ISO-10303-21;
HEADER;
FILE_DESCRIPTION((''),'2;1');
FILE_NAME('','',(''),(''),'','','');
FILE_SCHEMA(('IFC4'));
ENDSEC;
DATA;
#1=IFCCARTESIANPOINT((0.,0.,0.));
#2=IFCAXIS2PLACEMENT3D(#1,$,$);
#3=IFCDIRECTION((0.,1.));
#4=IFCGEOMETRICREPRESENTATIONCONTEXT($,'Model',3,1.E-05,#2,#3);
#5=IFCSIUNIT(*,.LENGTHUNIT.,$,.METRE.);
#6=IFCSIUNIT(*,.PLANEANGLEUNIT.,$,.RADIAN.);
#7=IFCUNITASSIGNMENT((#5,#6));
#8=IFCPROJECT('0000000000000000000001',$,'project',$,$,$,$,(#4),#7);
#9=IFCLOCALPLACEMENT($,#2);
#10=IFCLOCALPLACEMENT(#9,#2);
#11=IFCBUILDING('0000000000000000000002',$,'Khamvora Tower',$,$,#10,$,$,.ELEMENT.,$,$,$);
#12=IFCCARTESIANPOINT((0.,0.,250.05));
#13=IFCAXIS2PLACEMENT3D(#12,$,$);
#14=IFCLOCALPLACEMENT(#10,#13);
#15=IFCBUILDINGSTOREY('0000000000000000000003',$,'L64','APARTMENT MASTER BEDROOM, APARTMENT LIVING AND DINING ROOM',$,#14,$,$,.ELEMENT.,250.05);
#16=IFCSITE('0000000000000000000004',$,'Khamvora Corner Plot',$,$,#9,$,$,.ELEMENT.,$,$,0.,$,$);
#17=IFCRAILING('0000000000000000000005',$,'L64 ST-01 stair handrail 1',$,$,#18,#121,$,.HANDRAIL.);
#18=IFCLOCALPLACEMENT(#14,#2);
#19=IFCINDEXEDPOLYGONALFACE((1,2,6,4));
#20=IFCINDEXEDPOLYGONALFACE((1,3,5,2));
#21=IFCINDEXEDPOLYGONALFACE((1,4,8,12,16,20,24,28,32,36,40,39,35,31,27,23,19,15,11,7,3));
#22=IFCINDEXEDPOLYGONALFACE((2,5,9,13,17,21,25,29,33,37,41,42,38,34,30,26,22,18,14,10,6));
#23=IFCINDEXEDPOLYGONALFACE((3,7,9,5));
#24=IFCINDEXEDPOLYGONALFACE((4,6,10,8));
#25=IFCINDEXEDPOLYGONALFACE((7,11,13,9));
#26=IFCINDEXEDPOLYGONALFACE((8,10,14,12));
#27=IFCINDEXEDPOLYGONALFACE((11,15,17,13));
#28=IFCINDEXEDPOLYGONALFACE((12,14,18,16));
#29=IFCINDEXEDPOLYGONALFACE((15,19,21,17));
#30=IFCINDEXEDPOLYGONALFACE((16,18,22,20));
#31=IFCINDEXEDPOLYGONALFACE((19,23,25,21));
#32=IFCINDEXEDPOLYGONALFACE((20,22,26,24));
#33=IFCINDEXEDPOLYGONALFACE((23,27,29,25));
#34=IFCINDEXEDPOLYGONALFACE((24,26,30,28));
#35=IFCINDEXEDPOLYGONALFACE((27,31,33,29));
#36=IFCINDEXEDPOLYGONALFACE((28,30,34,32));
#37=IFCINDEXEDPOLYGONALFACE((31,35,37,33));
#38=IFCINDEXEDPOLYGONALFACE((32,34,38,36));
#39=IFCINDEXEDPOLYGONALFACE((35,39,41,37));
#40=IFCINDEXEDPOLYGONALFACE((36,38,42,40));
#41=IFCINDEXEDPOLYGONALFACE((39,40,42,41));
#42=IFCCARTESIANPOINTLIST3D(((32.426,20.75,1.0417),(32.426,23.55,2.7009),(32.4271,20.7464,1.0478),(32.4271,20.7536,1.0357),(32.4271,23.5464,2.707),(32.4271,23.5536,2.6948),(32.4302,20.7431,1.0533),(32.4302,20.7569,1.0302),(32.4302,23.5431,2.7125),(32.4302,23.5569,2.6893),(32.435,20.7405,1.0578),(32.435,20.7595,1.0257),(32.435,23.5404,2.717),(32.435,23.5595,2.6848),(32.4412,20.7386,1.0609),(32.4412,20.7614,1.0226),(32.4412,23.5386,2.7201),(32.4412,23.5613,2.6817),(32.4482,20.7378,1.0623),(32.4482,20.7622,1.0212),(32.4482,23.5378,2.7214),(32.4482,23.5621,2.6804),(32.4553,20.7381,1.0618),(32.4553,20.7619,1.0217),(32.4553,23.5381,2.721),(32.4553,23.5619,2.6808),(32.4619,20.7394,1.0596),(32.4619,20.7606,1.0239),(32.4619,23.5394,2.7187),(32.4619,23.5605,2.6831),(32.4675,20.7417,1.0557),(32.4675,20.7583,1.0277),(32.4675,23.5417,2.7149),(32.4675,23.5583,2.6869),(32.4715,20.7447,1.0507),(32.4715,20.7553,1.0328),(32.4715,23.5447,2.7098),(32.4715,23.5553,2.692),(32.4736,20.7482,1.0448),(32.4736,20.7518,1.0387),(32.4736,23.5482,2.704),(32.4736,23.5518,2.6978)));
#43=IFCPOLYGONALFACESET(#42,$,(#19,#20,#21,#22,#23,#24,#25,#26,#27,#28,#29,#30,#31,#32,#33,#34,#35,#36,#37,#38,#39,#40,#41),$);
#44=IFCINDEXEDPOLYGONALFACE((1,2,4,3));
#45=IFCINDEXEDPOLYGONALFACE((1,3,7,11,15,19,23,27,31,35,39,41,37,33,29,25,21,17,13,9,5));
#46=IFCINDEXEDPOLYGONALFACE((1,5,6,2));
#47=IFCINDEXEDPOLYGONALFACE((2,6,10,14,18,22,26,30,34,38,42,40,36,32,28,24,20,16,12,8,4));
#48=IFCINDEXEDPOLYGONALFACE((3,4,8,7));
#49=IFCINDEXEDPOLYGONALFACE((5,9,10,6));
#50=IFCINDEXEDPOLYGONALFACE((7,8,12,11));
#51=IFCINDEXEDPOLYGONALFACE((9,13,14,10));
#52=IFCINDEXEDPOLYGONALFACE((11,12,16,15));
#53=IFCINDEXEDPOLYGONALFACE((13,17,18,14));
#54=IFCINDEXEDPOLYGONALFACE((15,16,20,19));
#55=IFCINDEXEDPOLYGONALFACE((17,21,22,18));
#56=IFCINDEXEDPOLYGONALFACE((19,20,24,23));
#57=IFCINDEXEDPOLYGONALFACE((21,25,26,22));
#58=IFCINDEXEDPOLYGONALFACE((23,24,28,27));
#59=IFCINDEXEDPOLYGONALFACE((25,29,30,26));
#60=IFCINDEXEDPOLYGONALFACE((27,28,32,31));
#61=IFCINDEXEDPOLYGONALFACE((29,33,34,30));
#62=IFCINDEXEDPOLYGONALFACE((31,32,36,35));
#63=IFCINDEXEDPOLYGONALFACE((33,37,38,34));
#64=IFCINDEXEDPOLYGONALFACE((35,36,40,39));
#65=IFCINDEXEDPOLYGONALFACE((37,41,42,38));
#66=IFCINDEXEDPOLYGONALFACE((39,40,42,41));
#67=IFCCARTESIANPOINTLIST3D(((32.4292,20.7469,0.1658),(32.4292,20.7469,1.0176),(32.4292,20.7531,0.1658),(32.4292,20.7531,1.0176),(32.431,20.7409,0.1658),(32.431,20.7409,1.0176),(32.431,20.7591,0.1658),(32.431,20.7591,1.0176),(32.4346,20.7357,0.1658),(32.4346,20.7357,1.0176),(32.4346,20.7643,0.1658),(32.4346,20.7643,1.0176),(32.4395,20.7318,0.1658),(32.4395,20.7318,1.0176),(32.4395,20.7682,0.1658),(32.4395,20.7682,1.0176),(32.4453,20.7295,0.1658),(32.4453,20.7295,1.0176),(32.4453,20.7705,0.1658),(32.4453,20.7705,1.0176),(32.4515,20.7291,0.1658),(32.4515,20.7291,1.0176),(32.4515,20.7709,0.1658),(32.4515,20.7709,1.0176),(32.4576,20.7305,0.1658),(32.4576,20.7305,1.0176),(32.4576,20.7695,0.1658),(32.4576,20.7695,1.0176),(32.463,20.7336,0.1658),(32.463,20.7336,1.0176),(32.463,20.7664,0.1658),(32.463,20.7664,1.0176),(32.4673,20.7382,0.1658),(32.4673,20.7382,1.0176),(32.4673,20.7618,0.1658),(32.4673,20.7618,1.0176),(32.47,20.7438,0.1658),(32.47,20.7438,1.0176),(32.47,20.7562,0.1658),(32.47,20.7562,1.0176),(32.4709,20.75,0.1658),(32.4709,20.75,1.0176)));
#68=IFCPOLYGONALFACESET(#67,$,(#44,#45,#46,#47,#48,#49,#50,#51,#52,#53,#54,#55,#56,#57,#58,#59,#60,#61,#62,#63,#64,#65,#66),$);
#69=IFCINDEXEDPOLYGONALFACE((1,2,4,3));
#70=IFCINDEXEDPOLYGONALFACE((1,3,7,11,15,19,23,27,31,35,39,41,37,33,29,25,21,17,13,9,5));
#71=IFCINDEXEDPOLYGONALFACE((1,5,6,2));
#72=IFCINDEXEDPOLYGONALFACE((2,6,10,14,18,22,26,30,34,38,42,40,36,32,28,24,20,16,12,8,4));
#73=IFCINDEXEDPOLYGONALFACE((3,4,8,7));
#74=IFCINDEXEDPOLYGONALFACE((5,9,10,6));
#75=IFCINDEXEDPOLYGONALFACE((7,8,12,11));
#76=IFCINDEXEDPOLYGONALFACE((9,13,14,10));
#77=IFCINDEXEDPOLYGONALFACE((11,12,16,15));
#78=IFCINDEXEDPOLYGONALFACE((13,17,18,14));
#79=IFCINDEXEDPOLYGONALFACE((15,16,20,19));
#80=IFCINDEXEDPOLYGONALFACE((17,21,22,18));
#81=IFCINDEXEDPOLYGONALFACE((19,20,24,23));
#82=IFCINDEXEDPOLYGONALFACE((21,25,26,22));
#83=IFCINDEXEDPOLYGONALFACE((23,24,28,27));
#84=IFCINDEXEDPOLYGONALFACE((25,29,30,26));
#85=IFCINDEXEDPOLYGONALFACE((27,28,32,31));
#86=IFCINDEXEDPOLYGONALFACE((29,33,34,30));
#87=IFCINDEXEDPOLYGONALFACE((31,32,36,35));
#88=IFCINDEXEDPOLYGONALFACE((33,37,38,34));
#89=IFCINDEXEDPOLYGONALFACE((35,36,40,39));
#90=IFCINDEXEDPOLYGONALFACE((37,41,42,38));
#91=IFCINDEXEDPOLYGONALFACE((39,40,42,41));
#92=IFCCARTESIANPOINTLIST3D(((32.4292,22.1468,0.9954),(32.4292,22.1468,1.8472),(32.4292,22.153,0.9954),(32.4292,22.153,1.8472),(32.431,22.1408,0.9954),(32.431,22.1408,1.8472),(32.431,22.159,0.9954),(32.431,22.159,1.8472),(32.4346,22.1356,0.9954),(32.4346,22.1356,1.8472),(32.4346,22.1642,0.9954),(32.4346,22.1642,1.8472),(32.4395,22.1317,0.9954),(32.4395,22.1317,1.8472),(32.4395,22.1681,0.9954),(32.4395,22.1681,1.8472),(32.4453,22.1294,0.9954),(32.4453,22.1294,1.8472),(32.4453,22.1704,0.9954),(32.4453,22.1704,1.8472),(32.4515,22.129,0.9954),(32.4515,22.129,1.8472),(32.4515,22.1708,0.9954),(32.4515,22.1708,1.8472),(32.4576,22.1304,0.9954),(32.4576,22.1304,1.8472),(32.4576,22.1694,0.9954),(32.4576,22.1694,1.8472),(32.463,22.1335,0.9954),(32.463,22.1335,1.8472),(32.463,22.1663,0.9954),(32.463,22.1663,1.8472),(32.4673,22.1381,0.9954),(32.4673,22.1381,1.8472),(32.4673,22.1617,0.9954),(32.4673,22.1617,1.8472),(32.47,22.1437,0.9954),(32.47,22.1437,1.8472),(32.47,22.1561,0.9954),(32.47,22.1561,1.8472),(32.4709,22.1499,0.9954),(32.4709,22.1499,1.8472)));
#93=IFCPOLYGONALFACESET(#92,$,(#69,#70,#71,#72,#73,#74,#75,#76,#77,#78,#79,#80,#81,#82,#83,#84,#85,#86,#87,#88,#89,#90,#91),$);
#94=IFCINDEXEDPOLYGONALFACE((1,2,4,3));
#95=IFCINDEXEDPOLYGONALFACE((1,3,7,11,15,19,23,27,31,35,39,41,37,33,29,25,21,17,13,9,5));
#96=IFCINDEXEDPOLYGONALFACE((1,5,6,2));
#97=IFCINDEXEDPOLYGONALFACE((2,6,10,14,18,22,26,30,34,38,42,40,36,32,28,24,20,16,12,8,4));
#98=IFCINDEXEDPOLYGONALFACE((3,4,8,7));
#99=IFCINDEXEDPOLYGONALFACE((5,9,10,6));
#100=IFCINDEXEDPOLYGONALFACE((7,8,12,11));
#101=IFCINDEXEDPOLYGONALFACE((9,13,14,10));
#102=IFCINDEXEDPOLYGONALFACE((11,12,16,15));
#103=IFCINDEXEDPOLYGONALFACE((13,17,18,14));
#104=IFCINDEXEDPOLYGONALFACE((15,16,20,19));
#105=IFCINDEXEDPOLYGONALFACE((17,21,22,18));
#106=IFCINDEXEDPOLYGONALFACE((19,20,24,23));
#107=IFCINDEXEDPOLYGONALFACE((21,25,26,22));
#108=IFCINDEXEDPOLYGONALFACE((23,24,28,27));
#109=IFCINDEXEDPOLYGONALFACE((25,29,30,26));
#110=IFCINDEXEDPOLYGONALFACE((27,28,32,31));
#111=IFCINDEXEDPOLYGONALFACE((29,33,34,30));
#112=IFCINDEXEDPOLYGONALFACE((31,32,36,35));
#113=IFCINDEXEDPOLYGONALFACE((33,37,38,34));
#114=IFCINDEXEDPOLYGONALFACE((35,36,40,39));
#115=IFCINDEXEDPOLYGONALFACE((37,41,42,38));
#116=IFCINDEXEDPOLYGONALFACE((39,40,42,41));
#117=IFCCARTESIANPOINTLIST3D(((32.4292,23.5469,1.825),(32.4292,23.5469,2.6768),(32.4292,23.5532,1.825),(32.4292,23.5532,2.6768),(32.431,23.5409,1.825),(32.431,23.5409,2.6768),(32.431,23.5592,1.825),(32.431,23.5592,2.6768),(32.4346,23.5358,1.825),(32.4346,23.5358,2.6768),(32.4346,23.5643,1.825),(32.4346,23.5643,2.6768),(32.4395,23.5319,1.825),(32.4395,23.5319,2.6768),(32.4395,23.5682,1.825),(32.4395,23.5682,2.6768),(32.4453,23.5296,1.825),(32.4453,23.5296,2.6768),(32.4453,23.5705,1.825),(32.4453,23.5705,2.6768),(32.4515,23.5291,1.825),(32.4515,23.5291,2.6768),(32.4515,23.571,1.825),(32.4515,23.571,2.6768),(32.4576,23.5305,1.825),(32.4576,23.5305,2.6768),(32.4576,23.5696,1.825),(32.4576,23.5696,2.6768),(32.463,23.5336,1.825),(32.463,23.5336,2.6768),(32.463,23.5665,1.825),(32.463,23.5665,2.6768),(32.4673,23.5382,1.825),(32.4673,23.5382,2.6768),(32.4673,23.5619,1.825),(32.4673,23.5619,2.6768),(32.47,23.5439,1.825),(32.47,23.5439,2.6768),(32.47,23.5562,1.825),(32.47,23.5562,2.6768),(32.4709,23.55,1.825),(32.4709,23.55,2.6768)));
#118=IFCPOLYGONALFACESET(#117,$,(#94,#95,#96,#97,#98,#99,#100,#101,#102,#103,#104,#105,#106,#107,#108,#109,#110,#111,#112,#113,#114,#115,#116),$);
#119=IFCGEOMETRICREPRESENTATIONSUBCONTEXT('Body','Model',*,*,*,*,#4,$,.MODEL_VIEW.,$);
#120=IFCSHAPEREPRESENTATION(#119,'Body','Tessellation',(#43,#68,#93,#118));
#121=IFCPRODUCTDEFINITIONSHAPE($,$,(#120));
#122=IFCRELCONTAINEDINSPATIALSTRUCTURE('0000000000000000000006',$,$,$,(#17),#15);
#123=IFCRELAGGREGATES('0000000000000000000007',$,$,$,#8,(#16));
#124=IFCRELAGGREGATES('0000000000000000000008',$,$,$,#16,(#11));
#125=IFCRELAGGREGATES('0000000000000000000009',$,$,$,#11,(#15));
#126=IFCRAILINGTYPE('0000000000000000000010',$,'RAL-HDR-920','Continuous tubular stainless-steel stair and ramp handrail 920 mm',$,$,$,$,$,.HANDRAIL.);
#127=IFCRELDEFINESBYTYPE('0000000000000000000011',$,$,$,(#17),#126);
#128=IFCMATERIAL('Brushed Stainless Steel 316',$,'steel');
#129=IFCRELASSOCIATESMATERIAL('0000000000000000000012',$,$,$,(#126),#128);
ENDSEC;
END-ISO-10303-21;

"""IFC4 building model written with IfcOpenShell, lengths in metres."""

from ifc_helpers import new_model, si_unit, direction, frame, origin, origin_2d, place, context, subcontext, project, spatial, circle, extrude, material, type_object, element, save


model = new_model("IFC4")

# Units and contexts
model_context = context("Model", 3, precision=1e-05, world=origin(), true_north=direction((0.0, 1.0)))
body_context = subcontext(model_context, "Body", "Model", "MODEL_VIEW")
ifc_project = project(units=[si_unit("LENGTHUNIT", "METRE"), si_unit("PLANEANGLEUNIT", "RADIAN")], contexts=[model_context])

# Site, building, storey
site_placement = place(None, origin())
site = spatial("IfcSite", under=ifc_project, at=site_placement, Name="Khamvora Corner Plot", CompositionType="ELEMENT", RefElevation=0.0)
building_placement = place(site_placement, origin())
building = spatial("IfcBuilding", under=site, at=building_placement, Name="Khamvora Tower", CompositionType="ELEMENT")
storey_placement = place(building_placement, frame((0.0, 0.0, 250.05)))
storey = spatial("IfcBuildingStorey", under=building, at=storey_placement, Name="L64", Description="APARTMENT MASTER BEDROOM, APARTMENT LIVING AND DINING ROOM", CompositionType="ELEMENT", Elevation=250.05)

# Railing
ifc_material_1 = material(Name="Brushed Stainless Steel 316", Category="steel")
railing_type_1 = type_object("IfcRailingType", Name="RAL-HDR-920", Description="Continuous tubular stainless-steel stair and ramp handrail 920 mm", PredefinedType="HANDRAIL", material=ifc_material_1)
railing_1_placement = place(storey_placement, frame((32.45, 20.75, 0.1658)))
element("IfcRailing", 1, at=railing_1_placement, inside=storey, type_object=railing_type_1, Name="L64 ST-01 stair handrail 1", PredefinedType="HANDRAIL", context=body_context, shape_type="SweptSolid", body=[
    extrude(circle(Radius=0.0239, at=origin_2d()), frame((0.0, 0.0, 0.876), z_axis=(0.0, 0.860306, 0.509778), x_axis=(-1.0, 0.0, 0.0)), (0.0, 0.0, 1.0), 3.2546),
    extrude(circle(Radius=0.021, at=origin_2d()), origin(), (0.0, 0.0, 1.0), 0.8518),
    extrude(circle(Radius=0.021, at=origin_2d()), frame((0.0, 1.3999, 0.8296)), (0.0, 0.0, 1.0), 0.8518),
    extrude(circle(Radius=0.021, at=origin_2d()), frame((0.0, 2.8, 1.6592)), (0.0, 0.0, 1.0), 0.8518),
])

save(model, "model.ifc")
